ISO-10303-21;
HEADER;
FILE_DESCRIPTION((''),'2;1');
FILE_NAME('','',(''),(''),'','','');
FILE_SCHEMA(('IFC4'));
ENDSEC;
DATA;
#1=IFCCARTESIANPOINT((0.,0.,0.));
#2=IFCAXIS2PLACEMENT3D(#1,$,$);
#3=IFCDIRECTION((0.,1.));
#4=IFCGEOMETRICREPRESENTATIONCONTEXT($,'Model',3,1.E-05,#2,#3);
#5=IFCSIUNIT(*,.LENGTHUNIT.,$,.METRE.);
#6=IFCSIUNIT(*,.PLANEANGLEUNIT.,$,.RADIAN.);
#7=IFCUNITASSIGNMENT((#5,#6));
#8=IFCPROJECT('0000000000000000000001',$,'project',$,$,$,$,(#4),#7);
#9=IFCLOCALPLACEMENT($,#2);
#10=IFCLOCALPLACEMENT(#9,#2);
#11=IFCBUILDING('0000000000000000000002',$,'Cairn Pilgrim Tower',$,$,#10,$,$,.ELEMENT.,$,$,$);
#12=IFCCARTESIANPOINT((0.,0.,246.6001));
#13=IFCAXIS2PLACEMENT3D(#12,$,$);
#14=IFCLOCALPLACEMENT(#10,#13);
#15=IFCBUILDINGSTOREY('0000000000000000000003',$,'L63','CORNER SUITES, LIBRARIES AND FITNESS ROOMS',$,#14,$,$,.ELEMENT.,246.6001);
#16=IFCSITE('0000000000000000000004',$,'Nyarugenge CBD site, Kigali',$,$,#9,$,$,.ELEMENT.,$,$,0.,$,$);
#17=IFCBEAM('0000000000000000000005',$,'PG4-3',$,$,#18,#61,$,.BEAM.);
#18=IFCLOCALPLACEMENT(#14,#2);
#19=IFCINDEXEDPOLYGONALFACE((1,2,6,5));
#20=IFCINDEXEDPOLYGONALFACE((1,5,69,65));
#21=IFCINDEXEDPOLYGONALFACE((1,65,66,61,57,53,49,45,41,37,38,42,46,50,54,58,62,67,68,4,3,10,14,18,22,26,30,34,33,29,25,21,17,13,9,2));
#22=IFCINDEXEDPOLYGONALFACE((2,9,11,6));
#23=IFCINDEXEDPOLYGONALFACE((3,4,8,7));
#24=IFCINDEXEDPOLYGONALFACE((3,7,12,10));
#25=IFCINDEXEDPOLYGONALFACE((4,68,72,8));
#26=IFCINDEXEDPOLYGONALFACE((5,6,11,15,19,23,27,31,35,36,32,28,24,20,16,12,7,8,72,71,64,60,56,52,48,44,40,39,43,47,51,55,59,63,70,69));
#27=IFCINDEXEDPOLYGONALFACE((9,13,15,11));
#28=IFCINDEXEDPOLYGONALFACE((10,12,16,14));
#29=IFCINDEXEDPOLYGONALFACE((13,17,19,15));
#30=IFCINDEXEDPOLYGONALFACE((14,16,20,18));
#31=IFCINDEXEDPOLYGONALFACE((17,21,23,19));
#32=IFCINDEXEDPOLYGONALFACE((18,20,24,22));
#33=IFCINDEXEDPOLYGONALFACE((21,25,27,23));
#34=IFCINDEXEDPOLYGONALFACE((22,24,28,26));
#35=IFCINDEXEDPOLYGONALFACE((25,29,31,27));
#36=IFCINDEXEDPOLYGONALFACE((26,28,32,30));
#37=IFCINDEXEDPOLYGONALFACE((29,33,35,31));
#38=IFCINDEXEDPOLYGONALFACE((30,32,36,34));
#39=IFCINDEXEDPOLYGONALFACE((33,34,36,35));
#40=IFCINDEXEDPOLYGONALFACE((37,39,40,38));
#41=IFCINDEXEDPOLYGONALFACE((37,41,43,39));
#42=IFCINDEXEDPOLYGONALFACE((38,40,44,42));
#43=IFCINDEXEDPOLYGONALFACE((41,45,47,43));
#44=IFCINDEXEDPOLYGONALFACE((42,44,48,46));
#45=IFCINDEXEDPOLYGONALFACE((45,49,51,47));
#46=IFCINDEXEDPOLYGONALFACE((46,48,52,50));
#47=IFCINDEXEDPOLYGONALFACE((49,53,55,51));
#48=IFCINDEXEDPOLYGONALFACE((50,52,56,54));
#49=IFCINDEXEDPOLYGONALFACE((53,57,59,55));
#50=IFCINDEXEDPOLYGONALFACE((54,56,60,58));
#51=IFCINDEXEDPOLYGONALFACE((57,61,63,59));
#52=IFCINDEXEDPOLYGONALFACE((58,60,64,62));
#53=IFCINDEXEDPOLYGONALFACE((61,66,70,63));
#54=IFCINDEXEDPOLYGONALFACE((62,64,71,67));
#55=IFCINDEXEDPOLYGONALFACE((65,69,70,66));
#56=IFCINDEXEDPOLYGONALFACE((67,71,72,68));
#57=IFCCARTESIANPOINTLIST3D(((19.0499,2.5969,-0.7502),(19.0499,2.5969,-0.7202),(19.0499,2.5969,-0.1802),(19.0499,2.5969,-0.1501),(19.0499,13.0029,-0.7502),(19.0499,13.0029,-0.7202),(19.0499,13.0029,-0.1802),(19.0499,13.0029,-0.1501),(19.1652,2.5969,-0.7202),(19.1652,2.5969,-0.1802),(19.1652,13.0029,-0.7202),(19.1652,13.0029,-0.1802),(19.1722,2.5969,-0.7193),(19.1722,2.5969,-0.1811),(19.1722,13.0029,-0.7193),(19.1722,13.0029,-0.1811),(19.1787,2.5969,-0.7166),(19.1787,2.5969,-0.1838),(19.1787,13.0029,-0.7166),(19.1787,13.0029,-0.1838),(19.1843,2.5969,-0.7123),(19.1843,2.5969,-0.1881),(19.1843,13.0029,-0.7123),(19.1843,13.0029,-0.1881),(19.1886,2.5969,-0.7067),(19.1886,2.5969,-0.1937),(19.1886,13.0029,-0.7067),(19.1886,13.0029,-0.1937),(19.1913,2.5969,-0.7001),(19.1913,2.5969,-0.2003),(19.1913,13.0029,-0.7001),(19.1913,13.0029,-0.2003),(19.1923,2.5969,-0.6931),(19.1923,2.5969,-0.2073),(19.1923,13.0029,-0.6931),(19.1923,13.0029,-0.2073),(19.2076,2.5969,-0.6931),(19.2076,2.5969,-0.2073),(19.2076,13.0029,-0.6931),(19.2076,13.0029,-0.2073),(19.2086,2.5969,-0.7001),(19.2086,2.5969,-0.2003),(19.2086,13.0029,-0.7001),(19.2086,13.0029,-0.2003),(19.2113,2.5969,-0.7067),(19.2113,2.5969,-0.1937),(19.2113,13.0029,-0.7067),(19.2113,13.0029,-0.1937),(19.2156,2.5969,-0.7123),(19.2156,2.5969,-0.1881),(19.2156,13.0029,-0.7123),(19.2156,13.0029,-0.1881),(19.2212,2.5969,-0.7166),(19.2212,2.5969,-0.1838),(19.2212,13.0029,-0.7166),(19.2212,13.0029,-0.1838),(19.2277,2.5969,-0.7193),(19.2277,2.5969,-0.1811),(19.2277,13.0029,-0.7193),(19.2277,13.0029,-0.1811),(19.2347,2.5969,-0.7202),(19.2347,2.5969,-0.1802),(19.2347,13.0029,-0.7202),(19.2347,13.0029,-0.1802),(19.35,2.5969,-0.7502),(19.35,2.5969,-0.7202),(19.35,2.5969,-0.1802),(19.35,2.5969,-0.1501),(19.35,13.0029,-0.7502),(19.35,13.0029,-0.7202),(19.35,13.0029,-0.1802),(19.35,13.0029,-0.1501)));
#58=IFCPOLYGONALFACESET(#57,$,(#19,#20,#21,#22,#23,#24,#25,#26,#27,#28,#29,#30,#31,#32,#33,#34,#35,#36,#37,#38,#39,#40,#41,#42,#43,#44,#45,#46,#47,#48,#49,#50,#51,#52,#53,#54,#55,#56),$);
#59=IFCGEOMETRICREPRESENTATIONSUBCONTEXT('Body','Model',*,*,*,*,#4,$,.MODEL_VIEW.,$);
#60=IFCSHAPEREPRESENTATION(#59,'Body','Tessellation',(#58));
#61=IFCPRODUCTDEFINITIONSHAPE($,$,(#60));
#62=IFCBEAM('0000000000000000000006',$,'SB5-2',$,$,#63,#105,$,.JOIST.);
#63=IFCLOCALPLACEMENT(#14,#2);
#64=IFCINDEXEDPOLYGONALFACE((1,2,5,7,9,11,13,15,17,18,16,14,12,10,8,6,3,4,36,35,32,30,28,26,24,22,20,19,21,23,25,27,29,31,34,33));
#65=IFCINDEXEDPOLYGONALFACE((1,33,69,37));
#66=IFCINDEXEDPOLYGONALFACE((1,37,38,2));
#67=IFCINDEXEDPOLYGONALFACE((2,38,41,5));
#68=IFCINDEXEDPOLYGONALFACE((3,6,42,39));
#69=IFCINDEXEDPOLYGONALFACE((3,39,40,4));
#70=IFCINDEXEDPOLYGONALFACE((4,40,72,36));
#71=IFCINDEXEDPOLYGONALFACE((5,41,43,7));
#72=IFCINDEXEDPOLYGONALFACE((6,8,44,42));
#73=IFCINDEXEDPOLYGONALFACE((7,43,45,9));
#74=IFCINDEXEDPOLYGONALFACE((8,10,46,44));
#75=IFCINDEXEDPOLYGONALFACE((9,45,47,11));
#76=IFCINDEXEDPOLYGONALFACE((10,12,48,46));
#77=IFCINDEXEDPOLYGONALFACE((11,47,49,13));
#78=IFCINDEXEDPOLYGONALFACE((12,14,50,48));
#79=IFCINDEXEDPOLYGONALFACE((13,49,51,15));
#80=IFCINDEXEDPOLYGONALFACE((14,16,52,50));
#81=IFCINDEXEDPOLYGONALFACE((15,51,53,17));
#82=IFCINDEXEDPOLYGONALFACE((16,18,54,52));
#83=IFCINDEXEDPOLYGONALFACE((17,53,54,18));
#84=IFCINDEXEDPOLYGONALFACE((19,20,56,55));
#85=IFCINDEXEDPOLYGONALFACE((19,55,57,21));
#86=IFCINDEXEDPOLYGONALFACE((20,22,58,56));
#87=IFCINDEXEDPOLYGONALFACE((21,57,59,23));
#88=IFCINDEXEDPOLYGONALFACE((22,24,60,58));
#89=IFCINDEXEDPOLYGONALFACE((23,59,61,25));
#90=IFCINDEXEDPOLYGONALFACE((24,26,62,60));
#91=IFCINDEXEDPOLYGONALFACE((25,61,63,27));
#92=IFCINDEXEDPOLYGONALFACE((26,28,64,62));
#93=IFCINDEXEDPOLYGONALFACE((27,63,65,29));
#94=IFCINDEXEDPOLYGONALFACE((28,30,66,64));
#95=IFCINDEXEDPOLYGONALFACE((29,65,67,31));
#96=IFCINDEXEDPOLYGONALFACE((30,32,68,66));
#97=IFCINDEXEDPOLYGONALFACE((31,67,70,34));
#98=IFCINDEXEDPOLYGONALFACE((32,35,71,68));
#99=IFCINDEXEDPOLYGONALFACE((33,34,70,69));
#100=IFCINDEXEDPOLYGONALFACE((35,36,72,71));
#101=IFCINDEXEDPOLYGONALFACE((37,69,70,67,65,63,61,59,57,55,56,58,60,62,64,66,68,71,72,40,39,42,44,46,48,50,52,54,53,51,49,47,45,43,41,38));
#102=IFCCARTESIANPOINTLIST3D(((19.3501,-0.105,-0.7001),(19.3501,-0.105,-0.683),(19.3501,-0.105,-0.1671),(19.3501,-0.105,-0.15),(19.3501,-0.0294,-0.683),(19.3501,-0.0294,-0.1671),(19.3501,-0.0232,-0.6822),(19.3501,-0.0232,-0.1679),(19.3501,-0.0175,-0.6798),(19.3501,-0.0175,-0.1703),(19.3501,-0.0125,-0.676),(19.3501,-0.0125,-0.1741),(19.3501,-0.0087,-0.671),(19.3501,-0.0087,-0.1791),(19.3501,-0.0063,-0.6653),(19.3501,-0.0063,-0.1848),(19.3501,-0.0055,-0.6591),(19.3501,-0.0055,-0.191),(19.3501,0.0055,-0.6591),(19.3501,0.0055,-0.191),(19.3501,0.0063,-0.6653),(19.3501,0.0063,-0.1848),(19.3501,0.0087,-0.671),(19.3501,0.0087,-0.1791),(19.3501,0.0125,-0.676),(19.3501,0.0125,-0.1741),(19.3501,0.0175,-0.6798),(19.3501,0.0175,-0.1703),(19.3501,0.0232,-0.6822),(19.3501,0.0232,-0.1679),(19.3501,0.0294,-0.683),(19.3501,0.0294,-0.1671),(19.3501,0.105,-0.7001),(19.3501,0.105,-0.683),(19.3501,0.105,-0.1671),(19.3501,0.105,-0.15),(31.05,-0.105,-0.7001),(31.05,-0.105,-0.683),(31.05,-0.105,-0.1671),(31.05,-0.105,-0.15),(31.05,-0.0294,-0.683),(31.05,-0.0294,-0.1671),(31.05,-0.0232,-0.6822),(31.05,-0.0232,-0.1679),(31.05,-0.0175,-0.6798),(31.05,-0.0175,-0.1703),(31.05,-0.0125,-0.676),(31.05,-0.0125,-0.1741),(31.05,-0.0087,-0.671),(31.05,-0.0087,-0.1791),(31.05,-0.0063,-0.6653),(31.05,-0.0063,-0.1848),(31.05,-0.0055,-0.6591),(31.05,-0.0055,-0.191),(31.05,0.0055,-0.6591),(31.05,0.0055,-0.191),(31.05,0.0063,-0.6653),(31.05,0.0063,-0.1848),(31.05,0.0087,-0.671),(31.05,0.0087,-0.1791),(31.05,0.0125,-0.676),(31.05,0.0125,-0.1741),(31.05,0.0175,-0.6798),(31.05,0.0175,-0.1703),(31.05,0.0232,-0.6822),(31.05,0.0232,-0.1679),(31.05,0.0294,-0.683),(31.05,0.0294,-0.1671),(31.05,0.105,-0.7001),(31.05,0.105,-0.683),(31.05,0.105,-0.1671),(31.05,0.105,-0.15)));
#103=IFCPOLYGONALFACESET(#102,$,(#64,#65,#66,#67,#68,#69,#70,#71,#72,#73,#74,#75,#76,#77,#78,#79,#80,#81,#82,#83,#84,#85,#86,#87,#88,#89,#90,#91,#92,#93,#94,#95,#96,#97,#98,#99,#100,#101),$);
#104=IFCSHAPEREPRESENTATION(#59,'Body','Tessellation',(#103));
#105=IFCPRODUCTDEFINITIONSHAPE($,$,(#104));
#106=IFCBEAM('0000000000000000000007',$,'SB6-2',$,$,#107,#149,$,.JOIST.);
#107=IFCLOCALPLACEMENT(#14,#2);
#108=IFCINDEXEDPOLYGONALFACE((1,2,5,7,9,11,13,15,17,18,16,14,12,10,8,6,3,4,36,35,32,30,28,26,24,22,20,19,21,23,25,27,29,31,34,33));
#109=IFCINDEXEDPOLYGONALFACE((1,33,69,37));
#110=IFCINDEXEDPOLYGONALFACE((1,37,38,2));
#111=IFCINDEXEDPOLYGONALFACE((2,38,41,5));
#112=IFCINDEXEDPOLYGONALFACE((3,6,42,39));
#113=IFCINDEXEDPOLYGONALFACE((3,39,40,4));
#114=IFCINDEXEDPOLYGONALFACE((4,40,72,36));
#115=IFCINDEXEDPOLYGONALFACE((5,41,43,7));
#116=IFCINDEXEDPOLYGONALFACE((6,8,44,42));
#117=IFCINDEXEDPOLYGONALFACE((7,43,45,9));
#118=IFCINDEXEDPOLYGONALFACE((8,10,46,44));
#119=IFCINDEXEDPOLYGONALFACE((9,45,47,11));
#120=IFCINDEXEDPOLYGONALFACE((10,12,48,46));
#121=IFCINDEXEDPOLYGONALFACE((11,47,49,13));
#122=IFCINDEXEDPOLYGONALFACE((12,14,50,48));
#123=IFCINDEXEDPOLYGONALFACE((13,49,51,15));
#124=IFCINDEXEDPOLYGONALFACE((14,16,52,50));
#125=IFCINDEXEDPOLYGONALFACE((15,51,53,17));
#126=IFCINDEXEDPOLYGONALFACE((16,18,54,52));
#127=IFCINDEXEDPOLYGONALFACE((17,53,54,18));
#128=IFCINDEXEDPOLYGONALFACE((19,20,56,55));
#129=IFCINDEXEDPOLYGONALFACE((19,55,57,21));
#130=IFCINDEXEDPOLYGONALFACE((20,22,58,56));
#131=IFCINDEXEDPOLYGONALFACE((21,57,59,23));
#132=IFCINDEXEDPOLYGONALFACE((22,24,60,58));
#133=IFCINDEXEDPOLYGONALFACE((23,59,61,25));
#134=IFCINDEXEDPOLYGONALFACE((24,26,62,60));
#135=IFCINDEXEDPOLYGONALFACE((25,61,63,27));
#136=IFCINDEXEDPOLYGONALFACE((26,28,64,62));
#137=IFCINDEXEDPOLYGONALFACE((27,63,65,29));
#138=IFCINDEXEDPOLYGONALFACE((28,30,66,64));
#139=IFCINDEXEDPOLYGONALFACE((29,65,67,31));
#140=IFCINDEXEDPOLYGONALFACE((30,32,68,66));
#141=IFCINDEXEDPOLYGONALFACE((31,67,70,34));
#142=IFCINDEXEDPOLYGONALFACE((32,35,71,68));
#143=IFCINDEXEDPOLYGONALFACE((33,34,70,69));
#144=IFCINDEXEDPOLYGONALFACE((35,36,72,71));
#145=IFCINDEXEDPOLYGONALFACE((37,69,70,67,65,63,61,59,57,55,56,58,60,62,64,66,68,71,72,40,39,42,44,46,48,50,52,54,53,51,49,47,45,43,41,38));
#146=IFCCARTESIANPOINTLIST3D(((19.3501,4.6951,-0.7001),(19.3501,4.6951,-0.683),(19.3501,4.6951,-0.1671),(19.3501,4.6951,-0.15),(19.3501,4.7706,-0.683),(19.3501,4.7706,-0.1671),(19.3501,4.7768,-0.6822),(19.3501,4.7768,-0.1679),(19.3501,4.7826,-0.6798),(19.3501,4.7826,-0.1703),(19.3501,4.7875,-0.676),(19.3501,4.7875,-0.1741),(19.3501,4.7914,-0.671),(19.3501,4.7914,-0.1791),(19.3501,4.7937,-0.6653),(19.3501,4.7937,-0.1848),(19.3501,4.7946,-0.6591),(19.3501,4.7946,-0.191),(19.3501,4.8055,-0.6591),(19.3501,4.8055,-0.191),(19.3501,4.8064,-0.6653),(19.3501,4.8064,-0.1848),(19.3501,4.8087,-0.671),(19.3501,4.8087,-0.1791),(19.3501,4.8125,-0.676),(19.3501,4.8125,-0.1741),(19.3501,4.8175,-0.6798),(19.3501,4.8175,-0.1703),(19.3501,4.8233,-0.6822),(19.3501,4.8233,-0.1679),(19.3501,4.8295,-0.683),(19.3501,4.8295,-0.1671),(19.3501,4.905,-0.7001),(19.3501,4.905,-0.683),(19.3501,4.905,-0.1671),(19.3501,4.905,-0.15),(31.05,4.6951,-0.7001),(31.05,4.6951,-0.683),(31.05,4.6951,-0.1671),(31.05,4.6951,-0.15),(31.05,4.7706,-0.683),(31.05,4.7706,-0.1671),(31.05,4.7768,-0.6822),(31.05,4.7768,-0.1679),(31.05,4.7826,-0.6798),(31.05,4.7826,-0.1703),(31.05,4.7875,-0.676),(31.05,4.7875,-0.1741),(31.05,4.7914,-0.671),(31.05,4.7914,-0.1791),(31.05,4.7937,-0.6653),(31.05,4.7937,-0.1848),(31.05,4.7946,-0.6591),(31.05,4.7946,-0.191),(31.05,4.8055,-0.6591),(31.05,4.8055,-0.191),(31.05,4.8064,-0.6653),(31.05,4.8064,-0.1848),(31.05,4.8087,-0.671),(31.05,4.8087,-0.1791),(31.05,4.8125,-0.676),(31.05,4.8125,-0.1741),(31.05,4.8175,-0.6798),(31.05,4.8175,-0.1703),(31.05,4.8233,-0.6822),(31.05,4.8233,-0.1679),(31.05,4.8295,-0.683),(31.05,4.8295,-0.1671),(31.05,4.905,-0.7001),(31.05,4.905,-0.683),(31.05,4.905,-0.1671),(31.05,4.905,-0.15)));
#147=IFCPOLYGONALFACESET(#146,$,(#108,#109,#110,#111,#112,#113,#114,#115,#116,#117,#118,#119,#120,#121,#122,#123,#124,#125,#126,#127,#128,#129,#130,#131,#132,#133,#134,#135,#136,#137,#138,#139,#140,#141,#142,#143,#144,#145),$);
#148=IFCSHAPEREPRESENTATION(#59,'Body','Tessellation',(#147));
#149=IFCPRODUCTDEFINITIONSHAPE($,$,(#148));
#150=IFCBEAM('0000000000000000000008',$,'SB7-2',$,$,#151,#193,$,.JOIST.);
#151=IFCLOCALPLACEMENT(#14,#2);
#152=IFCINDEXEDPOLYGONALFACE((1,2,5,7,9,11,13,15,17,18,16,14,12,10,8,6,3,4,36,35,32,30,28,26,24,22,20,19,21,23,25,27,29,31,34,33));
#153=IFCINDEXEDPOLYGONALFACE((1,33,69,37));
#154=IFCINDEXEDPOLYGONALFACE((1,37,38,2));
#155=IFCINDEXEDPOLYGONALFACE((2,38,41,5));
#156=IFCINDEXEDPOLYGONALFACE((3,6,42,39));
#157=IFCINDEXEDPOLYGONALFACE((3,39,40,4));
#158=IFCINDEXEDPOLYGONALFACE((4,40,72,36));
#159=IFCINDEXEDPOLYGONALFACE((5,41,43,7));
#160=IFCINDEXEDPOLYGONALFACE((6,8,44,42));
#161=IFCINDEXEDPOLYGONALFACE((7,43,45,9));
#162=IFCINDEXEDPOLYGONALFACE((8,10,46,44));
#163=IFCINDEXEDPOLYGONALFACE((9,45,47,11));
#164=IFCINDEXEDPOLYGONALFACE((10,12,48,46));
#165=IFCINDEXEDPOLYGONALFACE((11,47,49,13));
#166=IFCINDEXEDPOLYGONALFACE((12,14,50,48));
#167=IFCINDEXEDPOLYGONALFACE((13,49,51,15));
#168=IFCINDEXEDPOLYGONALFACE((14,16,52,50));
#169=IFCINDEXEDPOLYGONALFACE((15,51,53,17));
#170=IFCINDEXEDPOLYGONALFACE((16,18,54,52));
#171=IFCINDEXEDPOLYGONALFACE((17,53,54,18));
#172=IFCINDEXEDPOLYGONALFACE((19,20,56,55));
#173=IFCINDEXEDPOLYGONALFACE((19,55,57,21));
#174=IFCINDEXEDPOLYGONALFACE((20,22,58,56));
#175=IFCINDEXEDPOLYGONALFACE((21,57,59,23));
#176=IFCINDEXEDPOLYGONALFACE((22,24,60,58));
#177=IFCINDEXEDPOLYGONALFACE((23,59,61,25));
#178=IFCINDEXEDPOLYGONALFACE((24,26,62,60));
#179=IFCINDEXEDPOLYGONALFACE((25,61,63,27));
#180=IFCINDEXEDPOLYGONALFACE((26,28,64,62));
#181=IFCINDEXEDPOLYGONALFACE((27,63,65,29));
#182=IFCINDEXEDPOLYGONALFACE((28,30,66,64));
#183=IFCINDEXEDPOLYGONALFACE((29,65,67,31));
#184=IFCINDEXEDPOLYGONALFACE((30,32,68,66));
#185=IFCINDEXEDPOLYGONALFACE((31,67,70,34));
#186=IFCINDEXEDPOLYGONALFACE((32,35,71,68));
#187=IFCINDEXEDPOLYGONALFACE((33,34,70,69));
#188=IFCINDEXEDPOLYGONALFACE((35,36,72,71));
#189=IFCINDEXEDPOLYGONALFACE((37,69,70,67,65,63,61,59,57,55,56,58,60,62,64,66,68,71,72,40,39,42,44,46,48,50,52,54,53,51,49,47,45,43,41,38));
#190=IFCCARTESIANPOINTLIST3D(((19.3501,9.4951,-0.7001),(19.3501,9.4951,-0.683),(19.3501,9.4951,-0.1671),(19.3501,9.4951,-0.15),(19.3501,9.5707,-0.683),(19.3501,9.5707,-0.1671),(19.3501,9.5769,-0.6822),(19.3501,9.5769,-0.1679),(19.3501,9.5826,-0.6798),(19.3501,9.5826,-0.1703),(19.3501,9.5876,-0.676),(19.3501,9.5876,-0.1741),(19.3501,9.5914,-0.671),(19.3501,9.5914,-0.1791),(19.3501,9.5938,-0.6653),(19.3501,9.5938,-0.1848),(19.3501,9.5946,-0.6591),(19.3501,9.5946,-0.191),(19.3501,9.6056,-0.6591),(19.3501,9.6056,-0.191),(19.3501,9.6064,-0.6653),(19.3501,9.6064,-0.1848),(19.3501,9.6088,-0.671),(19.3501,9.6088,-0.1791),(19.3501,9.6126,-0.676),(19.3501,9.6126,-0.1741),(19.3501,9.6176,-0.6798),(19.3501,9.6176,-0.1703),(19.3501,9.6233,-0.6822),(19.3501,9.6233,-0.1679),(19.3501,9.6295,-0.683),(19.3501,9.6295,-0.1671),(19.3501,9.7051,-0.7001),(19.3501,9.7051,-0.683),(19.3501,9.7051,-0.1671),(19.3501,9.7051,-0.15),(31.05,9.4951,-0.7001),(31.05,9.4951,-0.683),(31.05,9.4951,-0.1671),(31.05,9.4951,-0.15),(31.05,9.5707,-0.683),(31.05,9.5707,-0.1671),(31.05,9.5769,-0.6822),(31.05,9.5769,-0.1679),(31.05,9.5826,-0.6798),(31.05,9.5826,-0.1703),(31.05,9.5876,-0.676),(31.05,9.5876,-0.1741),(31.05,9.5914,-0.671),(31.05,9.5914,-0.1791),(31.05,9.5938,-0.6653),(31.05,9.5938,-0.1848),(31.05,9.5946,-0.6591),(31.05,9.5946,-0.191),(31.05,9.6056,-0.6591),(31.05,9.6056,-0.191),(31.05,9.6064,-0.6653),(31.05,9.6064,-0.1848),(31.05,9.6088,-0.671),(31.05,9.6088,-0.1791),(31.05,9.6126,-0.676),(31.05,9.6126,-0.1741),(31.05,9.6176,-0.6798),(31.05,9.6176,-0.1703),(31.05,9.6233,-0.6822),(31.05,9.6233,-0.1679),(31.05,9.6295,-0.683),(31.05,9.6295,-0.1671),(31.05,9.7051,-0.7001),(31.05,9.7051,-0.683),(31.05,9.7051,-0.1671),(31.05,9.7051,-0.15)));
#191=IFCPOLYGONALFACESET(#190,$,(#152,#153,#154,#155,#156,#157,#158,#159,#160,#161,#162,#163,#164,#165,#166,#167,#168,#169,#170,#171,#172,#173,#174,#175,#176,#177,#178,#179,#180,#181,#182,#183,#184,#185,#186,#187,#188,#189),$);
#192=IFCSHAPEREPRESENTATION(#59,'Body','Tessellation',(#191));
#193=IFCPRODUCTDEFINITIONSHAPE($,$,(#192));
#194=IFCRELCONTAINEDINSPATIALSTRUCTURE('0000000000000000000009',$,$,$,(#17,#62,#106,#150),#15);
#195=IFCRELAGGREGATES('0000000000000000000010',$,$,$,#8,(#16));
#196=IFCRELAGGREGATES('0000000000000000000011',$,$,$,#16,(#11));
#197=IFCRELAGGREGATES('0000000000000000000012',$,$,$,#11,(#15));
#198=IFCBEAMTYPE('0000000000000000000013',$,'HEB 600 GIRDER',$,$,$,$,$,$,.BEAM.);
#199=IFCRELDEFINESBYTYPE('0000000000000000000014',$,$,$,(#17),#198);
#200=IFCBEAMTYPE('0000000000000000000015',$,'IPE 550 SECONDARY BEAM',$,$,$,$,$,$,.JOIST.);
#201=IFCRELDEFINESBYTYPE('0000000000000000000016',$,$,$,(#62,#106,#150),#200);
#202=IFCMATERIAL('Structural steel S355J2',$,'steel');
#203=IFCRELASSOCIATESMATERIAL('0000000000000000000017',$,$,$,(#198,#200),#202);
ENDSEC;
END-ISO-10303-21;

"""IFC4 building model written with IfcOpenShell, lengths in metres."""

from ifc_helpers import new_model, si_unit, direction, frame, origin, origin_2d, place, context, subcontext, project, spatial, i_section, extrude, material, material_profile, profile_set, type_object, element, save


model = new_model("IFC4")

# Units and contexts
model_context = context("Model", 3, precision=1e-05, world=origin(), true_north=direction((0.0, 1.0)))
body_context = subcontext(model_context, "Body", "Model", "MODEL_VIEW")
ifc_project = project(units=[si_unit("LENGTHUNIT", "METRE"), si_unit("PLANEANGLEUNIT", "RADIAN")], contexts=[model_context])

# Site, building, storey
site_placement = place(None, origin())
site = spatial("IfcSite", under=ifc_project, at=site_placement, Name="Nyarugenge CBD site, Kigali", CompositionType="ELEMENT", RefElevation=0.0)
building_placement = place(site_placement, origin())
building = spatial("IfcBuilding", under=site, at=building_placement, Name="Cairn Pilgrim Tower", CompositionType="ELEMENT")
storey_placement = place(building_placement, frame((0.0, 0.0, 246.6001)))
storey = spatial("IfcBuildingStorey", under=building, at=storey_placement, Name="L63", Description="CORNER SUITES, LIBRARIES AND FITNESS ROOMS", CompositionType="ELEMENT", Elevation=246.6001)

# Shared definitions
ifc_material_1 = material(Name="Structural steel S355J2", Category="steel")

# Beams
ifc_material_profile_1 = material_profile(ifc_material_1, i_section(OverallWidth=0.3, OverallDepth=0.6001, WebThickness=0.0154, FlangeThickness=0.03, FilletRadius=0.0271, at=origin_2d()), Name="HEB 600")
ifc_profile_set_1 = profile_set([ifc_material_profile_1], Name="Structural steel S355J2")
beam_type_1 = type_object("IfcBeamType", Name="HEB 600 GIRDER", PredefinedType="BEAM", material=ifc_profile_set_1)
beam_1_placement = place(storey_placement, frame((19.2, 2.5969, -0.4502), z_axis=(0.0, 1.0, 0.0), x_axis=(-1.0, 0.0, 0.0)))
element("IfcBeam", 1, at=beam_1_placement, inside=storey, type_object=beam_type_1, Name="PG4-3", PredefinedType="BEAM", context=body_context, shape_type="SweptSolid", body=[
    extrude(i_section(OverallWidth=0.3, OverallDepth=0.6001, WebThickness=0.0154, FlangeThickness=0.03, FilletRadius=0.0271, at=origin_2d()), origin(), (0.0, 0.0, 1.0), 10.406),
])
ifc_material_profile_2 = material_profile(ifc_material_1, i_section(OverallWidth=0.21, OverallDepth=0.55, WebThickness=0.011, FlangeThickness=0.0171, FilletRadius=0.0239, at=origin_2d()), Name="IPE 550")
ifc_profile_set_2 = profile_set([ifc_material_profile_2], Name="Structural steel S355J2")
beam_type_2 = type_object("IfcBeamType", Name="IPE 550 SECONDARY BEAM", PredefinedType="JOIST", material=ifc_profile_set_2)
for number, where, z_axis, x_axis, name in (
    (2, (19.3501, 0.0, -0.425), (1.0, 0.0, 0.0), (0.0, 1.0, 0.0), "SB5-2"),
    (3, (19.3501, 4.8, -0.425), (1.0, 0.0, 0.0), (0.0, 1.0, 0.0), "SB6-2"),
    (4, (19.3501, 9.6001, -0.425), (1.0, 0.0, 0.0), (0.0, 1.0, 0.0), "SB7-2"),
):
    element("IfcBeam", number, at=place(storey_placement, frame(where, z_axis=z_axis, x_axis=x_axis)), inside=storey, type_object=beam_type_2, Name=name, PredefinedType="JOIST", context=body_context, shape_type="SweptSolid", body=[
        extrude(i_section(OverallWidth=0.21, OverallDepth=0.55, WebThickness=0.011, FlangeThickness=0.0171, FilletRadius=0.0239, at=origin_2d()), origin(), (0.0, 0.0, 1.0), 11.7),
    ])

save(model, "model.ifc")
